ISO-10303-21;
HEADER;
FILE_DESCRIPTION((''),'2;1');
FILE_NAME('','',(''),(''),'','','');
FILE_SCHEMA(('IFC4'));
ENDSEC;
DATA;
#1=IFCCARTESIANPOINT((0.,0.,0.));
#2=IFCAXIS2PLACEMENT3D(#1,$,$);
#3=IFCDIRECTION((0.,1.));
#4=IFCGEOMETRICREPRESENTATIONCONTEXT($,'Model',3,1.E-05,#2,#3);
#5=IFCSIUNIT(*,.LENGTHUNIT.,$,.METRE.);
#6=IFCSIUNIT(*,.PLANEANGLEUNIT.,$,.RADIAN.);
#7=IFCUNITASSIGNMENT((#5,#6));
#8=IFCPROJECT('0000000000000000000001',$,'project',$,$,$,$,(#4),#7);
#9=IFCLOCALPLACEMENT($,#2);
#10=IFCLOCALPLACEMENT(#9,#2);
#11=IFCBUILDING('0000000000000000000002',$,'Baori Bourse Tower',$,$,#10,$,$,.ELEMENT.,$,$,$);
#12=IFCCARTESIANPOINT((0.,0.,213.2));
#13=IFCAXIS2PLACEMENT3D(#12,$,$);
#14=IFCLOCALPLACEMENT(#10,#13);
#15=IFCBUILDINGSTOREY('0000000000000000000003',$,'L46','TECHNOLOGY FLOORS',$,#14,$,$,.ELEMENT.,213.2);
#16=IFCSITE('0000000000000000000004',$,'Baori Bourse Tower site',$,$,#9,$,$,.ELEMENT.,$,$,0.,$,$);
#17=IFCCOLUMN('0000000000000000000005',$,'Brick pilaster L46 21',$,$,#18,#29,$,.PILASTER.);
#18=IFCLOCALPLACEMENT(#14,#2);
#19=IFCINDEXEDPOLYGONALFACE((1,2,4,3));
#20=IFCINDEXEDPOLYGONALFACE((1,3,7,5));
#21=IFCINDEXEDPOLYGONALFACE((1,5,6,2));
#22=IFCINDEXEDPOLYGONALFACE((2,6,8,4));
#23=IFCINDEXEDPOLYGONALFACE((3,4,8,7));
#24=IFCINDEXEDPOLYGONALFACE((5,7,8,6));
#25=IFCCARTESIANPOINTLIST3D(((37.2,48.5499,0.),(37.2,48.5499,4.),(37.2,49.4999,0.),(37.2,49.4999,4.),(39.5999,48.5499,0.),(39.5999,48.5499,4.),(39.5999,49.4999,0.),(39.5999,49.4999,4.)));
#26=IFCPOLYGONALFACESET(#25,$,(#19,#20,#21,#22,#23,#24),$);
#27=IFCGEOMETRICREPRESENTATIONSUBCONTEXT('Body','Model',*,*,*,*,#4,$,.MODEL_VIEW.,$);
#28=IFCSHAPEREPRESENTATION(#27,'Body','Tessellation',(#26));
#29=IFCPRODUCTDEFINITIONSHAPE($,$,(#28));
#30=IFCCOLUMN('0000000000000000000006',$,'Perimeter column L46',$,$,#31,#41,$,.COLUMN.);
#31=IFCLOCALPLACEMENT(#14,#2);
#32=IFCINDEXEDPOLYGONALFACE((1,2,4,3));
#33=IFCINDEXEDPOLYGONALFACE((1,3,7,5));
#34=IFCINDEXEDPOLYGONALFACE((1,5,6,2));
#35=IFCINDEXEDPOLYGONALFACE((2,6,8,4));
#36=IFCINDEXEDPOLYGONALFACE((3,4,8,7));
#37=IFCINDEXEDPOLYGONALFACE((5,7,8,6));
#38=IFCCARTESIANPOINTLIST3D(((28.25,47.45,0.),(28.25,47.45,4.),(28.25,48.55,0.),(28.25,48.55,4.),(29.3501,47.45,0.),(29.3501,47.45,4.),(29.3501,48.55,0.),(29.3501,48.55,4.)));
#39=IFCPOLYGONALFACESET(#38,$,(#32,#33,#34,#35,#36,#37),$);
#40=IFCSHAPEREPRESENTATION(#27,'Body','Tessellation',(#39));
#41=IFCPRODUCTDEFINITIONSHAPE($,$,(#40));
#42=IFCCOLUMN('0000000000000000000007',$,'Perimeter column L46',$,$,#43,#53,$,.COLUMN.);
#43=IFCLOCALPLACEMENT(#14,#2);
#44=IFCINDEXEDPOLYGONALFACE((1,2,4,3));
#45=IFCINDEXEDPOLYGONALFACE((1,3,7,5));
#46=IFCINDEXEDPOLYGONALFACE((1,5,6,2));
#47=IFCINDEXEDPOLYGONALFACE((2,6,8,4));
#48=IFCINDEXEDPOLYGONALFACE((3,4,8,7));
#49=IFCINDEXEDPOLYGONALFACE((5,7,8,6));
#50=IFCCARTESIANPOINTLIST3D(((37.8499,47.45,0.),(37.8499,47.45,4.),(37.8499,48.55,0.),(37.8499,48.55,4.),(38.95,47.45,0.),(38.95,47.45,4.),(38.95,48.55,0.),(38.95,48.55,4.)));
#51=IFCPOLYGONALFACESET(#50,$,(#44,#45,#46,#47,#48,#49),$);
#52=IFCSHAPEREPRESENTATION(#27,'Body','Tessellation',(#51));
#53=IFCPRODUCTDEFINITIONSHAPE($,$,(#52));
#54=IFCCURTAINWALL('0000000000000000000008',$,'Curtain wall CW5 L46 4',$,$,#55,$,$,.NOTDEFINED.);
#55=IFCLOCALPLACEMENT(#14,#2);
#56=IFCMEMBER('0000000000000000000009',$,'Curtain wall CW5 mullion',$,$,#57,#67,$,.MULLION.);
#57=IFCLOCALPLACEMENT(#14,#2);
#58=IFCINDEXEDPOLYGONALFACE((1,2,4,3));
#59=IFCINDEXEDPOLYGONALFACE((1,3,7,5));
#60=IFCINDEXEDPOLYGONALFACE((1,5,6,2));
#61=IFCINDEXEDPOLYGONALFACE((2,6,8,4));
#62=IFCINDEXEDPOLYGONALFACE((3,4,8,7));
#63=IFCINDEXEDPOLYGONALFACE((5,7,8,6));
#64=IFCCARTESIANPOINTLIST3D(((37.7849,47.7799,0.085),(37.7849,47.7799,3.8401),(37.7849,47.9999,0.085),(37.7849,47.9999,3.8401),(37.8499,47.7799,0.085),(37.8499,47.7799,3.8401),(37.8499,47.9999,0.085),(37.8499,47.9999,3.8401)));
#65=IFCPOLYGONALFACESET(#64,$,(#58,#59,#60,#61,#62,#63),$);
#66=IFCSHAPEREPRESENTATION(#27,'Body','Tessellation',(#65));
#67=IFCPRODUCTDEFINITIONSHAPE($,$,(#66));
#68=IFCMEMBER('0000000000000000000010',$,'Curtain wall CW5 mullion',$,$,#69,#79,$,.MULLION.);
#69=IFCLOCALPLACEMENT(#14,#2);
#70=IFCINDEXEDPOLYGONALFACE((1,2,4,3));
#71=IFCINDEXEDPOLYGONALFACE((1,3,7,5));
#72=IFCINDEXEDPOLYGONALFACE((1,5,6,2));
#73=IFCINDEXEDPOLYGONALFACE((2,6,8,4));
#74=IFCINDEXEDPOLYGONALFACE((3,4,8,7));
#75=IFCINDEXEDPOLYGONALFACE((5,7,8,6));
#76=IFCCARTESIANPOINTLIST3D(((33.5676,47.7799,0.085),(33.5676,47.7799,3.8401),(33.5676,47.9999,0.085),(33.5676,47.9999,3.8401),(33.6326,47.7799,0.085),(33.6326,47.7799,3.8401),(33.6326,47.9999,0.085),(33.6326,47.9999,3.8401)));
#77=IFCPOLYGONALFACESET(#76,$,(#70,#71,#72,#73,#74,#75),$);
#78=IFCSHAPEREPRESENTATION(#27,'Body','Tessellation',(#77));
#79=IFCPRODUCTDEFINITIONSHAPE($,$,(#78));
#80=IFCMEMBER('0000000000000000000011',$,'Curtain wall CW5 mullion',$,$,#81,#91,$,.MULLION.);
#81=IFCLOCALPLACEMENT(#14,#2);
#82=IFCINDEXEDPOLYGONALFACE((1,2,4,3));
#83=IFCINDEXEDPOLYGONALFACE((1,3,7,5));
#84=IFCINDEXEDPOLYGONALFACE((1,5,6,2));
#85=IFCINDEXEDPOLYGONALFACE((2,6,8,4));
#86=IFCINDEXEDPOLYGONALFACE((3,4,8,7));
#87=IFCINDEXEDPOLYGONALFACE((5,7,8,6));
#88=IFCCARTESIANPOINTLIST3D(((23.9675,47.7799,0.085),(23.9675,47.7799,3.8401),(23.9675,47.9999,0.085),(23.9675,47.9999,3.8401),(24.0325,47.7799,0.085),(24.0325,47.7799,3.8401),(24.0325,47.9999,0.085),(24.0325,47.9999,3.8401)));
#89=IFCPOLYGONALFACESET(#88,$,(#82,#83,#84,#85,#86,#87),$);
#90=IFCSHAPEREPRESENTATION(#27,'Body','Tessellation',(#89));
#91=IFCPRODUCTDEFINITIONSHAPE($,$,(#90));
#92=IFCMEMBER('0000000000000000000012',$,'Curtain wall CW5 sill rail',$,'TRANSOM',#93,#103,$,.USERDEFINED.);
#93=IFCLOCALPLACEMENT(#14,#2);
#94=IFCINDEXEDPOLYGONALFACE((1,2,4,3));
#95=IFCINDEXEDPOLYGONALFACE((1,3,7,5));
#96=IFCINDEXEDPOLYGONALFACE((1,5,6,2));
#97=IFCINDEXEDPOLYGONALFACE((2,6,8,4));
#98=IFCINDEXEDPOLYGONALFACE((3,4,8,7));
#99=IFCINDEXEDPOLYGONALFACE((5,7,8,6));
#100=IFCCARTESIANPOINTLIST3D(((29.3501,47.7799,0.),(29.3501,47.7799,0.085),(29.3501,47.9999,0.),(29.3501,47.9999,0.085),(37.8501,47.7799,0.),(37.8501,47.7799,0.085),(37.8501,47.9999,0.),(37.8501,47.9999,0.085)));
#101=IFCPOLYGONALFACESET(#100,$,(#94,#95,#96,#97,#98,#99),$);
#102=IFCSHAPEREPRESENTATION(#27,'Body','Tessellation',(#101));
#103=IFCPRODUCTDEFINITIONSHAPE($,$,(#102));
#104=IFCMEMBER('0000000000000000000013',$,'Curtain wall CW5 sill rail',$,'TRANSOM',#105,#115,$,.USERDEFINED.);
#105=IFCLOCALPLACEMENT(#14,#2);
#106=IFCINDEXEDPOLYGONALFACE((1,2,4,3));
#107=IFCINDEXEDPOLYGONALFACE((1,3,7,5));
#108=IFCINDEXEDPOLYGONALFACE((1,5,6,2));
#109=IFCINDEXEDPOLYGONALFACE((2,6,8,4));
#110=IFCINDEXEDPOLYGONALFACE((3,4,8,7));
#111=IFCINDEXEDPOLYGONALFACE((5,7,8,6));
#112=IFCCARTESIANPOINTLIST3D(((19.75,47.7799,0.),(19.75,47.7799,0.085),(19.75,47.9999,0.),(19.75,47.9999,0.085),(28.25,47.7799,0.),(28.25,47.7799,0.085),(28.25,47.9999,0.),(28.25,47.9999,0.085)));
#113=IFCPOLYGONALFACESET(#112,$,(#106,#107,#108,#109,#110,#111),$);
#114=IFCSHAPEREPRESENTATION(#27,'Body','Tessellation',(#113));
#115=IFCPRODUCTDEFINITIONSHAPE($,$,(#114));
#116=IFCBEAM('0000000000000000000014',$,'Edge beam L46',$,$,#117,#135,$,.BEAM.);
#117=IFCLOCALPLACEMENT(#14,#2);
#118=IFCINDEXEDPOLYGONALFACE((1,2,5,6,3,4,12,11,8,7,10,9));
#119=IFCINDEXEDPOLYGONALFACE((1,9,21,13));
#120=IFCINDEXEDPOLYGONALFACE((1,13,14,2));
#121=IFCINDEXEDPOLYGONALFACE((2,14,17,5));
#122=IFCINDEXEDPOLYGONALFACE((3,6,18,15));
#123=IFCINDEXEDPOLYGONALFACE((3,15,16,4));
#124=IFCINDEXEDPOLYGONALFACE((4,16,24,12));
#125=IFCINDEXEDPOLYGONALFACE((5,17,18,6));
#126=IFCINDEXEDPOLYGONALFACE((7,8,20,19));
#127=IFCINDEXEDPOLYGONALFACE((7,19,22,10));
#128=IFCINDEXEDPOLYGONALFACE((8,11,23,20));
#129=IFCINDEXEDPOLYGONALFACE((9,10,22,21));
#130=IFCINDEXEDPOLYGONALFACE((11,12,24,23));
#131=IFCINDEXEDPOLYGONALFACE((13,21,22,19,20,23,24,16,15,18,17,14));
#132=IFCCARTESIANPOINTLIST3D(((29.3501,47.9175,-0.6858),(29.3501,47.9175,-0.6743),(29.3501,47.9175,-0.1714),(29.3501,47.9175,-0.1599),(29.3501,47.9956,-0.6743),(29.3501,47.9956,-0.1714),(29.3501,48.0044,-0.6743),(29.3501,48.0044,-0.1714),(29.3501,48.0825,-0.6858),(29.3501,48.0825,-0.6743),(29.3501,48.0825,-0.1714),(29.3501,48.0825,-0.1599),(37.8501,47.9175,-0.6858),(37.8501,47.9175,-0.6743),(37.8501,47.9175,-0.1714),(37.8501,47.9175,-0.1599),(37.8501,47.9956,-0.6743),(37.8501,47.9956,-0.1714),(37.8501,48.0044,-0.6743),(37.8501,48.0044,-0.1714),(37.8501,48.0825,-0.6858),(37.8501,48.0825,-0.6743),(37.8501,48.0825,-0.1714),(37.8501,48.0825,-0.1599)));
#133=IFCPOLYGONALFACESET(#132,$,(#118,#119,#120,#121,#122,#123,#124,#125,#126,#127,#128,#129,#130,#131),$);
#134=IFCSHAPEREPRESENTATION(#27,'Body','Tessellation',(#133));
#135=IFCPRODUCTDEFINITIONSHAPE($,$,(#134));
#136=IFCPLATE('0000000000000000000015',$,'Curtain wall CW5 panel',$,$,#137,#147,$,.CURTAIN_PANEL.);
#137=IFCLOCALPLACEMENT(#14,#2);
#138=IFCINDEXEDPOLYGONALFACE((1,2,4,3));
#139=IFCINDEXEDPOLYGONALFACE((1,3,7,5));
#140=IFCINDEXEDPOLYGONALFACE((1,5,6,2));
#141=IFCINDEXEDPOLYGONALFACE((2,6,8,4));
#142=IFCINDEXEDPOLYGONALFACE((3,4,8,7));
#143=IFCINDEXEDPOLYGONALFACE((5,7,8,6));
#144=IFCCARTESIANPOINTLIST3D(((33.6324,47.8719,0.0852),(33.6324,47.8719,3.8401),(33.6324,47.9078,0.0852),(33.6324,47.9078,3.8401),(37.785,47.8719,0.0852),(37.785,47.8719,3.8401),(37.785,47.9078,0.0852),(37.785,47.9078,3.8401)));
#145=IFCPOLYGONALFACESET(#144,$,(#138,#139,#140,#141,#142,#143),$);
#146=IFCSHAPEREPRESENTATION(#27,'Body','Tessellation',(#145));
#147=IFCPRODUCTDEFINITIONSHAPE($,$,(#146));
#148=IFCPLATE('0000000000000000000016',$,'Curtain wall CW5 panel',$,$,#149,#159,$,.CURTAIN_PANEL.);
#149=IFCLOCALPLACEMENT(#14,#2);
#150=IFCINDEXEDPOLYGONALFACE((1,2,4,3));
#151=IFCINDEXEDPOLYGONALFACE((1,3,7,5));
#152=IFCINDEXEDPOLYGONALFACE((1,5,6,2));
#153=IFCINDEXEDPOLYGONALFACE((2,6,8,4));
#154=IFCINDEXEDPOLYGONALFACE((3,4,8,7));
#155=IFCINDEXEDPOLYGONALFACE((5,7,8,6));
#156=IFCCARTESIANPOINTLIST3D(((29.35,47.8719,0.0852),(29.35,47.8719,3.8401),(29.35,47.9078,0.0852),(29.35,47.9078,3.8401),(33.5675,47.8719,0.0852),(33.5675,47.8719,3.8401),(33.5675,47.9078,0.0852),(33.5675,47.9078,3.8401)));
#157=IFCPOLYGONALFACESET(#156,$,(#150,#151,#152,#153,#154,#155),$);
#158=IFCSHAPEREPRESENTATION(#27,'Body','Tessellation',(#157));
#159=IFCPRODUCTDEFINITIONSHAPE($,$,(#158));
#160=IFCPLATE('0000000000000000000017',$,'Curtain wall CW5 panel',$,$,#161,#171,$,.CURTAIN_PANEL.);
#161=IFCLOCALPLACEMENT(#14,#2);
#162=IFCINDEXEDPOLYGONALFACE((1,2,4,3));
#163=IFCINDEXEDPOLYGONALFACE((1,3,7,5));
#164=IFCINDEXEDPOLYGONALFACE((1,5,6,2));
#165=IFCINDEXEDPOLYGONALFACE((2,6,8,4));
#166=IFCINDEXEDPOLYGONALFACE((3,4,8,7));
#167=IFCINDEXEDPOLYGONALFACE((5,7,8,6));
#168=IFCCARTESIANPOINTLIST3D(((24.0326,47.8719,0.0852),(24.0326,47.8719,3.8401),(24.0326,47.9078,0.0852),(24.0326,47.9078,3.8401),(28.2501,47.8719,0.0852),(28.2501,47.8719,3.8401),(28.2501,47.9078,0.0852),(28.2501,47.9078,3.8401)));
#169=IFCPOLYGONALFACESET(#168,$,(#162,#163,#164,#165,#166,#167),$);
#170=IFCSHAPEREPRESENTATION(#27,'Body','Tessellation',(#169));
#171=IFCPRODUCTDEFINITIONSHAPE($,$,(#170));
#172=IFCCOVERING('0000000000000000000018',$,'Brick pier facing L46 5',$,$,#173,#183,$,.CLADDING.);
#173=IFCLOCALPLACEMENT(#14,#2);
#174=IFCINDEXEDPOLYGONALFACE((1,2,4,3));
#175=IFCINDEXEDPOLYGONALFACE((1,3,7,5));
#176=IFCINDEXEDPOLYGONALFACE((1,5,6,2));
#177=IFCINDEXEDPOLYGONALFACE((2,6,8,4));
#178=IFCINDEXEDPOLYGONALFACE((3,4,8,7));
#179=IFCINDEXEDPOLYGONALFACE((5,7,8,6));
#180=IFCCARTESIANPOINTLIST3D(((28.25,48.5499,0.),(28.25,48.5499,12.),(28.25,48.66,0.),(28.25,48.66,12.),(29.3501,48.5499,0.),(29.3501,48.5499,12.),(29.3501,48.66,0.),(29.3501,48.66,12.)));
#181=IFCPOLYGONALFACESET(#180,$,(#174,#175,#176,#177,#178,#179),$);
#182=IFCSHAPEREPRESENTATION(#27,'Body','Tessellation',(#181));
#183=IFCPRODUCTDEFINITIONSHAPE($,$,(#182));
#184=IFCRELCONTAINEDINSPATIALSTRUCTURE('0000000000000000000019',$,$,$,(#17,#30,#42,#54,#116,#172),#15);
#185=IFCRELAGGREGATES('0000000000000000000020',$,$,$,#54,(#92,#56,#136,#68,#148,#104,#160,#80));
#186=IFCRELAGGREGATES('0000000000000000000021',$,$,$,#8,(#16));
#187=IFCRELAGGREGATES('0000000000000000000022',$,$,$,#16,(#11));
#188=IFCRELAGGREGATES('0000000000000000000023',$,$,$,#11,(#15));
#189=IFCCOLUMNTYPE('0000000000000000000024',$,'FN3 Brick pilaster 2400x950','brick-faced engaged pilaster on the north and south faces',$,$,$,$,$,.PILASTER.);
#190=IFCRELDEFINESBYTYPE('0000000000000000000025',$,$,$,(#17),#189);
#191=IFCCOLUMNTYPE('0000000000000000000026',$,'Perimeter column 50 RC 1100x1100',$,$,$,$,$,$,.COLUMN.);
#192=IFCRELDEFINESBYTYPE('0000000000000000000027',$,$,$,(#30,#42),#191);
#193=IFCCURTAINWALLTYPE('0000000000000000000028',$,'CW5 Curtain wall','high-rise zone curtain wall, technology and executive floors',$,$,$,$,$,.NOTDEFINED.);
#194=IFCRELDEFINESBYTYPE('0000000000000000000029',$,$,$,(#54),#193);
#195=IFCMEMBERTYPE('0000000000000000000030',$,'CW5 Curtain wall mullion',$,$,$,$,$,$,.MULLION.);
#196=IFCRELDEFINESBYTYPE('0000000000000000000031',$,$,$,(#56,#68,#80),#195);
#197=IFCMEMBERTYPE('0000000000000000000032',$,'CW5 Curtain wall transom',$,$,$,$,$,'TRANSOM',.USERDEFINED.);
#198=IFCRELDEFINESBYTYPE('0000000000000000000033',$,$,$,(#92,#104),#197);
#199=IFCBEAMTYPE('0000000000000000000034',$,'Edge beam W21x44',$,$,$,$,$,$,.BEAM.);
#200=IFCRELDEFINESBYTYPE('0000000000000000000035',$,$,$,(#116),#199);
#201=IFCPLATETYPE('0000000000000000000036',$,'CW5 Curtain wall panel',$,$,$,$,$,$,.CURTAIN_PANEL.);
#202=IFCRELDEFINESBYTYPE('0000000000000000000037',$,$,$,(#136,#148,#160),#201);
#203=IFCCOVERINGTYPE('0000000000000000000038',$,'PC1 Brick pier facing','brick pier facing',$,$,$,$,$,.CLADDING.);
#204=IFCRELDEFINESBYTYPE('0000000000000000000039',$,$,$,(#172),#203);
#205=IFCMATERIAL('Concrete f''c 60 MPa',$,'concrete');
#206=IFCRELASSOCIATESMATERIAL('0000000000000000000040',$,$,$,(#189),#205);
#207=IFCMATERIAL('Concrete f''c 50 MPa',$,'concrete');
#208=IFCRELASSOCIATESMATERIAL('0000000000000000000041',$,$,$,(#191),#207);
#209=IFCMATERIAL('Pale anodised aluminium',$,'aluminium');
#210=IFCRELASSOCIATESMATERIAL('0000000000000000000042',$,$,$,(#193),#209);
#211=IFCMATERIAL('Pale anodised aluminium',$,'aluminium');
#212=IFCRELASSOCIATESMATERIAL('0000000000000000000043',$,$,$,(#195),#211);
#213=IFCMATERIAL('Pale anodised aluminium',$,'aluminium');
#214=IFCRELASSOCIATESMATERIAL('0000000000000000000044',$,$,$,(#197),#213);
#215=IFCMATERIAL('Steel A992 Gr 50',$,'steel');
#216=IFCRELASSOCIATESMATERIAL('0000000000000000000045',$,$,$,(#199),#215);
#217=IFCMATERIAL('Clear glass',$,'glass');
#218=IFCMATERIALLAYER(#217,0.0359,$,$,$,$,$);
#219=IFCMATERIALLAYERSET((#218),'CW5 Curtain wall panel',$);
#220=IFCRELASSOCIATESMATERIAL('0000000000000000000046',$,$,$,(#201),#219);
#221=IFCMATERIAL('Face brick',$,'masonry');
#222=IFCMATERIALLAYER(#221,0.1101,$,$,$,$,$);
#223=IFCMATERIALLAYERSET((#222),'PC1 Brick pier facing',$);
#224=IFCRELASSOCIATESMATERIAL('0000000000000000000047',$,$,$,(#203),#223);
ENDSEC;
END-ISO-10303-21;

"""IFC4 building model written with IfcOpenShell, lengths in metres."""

from ifc_helpers import new_model, si_unit, direction, frame, origin, origin_2d, place, context, subcontext, project, spatial, rectangle, i_section, extrude, material, layer, layer_set, material_profile, profile_set, type_object, element, aggregate, save


model = new_model("IFC4")

# Units and contexts
model_context = context("Model", 3, precision=1e-05, world=origin(), true_north=direction((0.0, 1.0)))
body_context = subcontext(model_context, "Body", "Model", "MODEL_VIEW")
ifc_project = project(units=[si_unit("LENGTHUNIT", "METRE"), si_unit("PLANEANGLEUNIT", "RADIAN")], contexts=[model_context])

# Site, building, storey
site_placement = place(None, origin())
site = spatial("IfcSite", under=ifc_project, at=site_placement, Name="Baori Bourse Tower site", CompositionType="ELEMENT", RefElevation=0.0)
building_placement = place(site_placement, origin())
building = spatial("IfcBuilding", under=site, at=building_placement, Name="Baori Bourse Tower", CompositionType="ELEMENT")
storey_placement = place(building_placement, frame((0.0, 0.0, 213.2)))
storey = spatial("IfcBuildingStorey", under=building, at=storey_placement, Name="L46", Description="TECHNOLOGY FLOORS", CompositionType="ELEMENT", Elevation=213.2)

# Columns
ifc_material_1 = material(Name="Concrete f'c 60 MPa", Category="concrete")
ifc_material_profile_1 = material_profile(ifc_material_1, rectangle(XDim=2.3999, YDim=0.95, at=origin_2d()), Name="RC 2400x950")
ifc_profile_set_1 = profile_set([ifc_material_profile_1], Name="Concrete f'c 60 MPa")
column_type_1 = type_object("IfcColumnType", Name="FN3 Brick pilaster 2400x950", Description="brick-faced engaged pilaster on the north and south faces", PredefinedType="PILASTER", material=ifc_profile_set_1)
column_placement = place(storey_placement, frame((38.3999, 49.0249, 0.0), z_axis=(0.0, 0.0, 1.0), x_axis=(1.0, 0.0, 0.0)))
element("IfcColumn", 1, at=column_placement, inside=storey, type_object=column_type_1, Name="Brick pilaster L46 21", PredefinedType="PILASTER", context=body_context, shape_type="SweptSolid", body=[
    extrude(rectangle(XDim=2.3999, YDim=0.95, at=origin_2d()), origin(), (0.0, 0.0, 1.0), 4.0),
])
ifc_material_2 = material(Name="Concrete f'c 50 MPa", Category="concrete")
ifc_material_profile_2 = material_profile(ifc_material_2, rectangle(XDim=1.1001, YDim=1.1001, at=origin_2d()), Name="RC 1100x1100")
ifc_profile_set_2 = profile_set([ifc_material_profile_2], Name="Concrete f'c 50 MPa")
column_type_2 = type_object("IfcColumnType", Name="Perimeter column 50 RC 1100x1100", PredefinedType="COLUMN", material=ifc_profile_set_2)
for number, where, z_axis, x_axis, name in (
    (2, (28.8, 48.0, 0.0), (0.0, 0.0, 1.0), (1.0, 0.0, 0.0), "Perimeter column L46"),
    (3, (38.3999, 48.0, 0.0), (0.0, 0.0, 1.0), (1.0, 0.0, 0.0), "Perimeter column L46"),
):
    element("IfcColumn", number, at=place(storey_placement, frame(where, z_axis=z_axis, x_axis=x_axis)), inside=storey, type_object=column_type_2, Name=name, PredefinedType="COLUMN", context=body_context, shape_type="SweptSolid", body=[
        extrude(rectangle(XDim=1.1001, YDim=1.1001, at=origin_2d()), origin(), (0.0, 0.0, 1.0), 4.0),
    ])

# Curtain wall, members
ifc_material_3 = material(Name="Pale anodised aluminium", Category="aluminium")
curtain_wall_type = type_object("IfcCurtainWallType", Name="CW5 Curtain wall", Description="high-rise zone curtain wall, technology and executive floors", PredefinedType="NOTDEFINED", material=ifc_material_3)
curtain_wall_placement = place(storey_placement, origin())
curtain_wall = element("IfcCurtainWall", 4, at=curtain_wall_placement, inside=storey, type_object=curtain_wall_type, Name="Curtain wall CW5 L46 4", PredefinedType="NOTDEFINED")
ifc_material_4 = material(Name="Pale anodised aluminium", Category="aluminium")
ifc_material_profile_3 = material_profile(ifc_material_4, rectangle(XDim=0.22, YDim=0.0649, at=origin_2d()), Name="Mullion 65x220")
ifc_profile_set_3 = profile_set([ifc_material_profile_3], Name="Pale anodised aluminium")
member_type_1 = type_object("IfcMemberType", Name="CW5 Curtain wall mullion", PredefinedType="MULLION", material=ifc_profile_set_3)
member_1_placement = place(storey_placement, frame((37.8174, 47.8899, 0.085), z_axis=(0.0, 0.0, 1.0), x_axis=(0.0, -1.0, 0.0)))
member_1 = element("IfcMember", 5, at=member_1_placement, type_object=member_type_1, Name="Curtain wall CW5 mullion", PredefinedType="MULLION", context=body_context, shape_type="SweptSolid", body=[
    extrude(rectangle(XDim=0.22, YDim=0.0649, at=origin_2d()), origin(), (0.0, 0.0, 1.0), 3.7551),
])
member_2_placement = place(storey_placement, frame((33.6001, 47.8899, 0.085), z_axis=(0.0, 0.0, 1.0), x_axis=(0.0, -1.0, 0.0)))
member_2 = element("IfcMember", 6, at=member_2_placement, type_object=member_type_1, Name="Curtain wall CW5 mullion", PredefinedType="MULLION", context=body_context, shape_type="SweptSolid", body=[
    extrude(rectangle(XDim=0.22, YDim=0.0649, at=origin_2d()), origin(), (0.0, 0.0, 1.0), 3.7551),
])
member_3_placement = place(storey_placement, frame((24.0, 47.8899, 0.085), z_axis=(0.0, 0.0, 1.0), x_axis=(0.0, -1.0, 0.0)))
member_3 = element("IfcMember", 7, at=member_3_placement, type_object=member_type_1, Name="Curtain wall CW5 mullion", PredefinedType="MULLION", context=body_context, shape_type="SweptSolid", body=[
    extrude(rectangle(XDim=0.22, YDim=0.0649, at=origin_2d()), origin(), (0.0, 0.0, 1.0), 3.7551),
])
ifc_material_5 = material(Name="Pale anodised aluminium", Category="aluminium")
ifc_material_profile_4 = material_profile(ifc_material_5, rectangle(XDim=0.22, YDim=0.085, at=origin_2d()), Name="Transom 85x220")
ifc_profile_set_4 = profile_set([ifc_material_profile_4], Name="Pale anodised aluminium")
member_type_2 = type_object("IfcMemberType", Name="CW5 Curtain wall transom", ElementType="TRANSOM", PredefinedType="USERDEFINED", material=ifc_profile_set_4)
member_4_placement = place(storey_placement, frame((37.8501, 47.8899, 0.0425), z_axis=(-1.0, 0.0, 0.0), x_axis=(0.0, -1.0, 0.0)))
member_4 = element("IfcMember", 8, at=member_4_placement, type_object=member_type_2, Name="Curtain wall CW5 sill rail", ObjectType="TRANSOM", PredefinedType="USERDEFINED", context=body_context, shape_type="SweptSolid", body=[
    extrude(rectangle(XDim=0.22, YDim=0.085, at=origin_2d()), origin(), (0.0, 0.0, 1.0), 8.5),
])
member_5_placement = place(storey_placement, frame((28.25, 47.8899, 0.0425), z_axis=(-1.0, 0.0, 0.0), x_axis=(0.0, -1.0, 0.0)))
member_5 = element("IfcMember", 9, at=member_5_placement, type_object=member_type_2, Name="Curtain wall CW5 sill rail", ObjectType="TRANSOM", PredefinedType="USERDEFINED", context=body_context, shape_type="SweptSolid", body=[
    extrude(rectangle(XDim=0.22, YDim=0.085, at=origin_2d()), origin(), (0.0, 0.0, 1.0), 8.5),
])

# Beam
ifc_material_6 = material(Name="Steel A992 Gr 50", Category="steel")
ifc_material_profile_5 = material_profile(ifc_material_6, i_section(OverallWidth=0.165, OverallDepth=0.5259, WebThickness=0.0088, FlangeThickness=0.0115, at=origin_2d()), Name="W21x44")
ifc_profile_set_5 = profile_set([ifc_material_profile_5], Name="Steel A992 Gr 50")
beam_type = type_object("IfcBeamType", Name="Edge beam W21x44", PredefinedType="BEAM", material=ifc_profile_set_5)
beam_placement = place(storey_placement, frame((29.3501, 48.0, -0.4229), z_axis=(1.0, 0.0, 0.0), x_axis=(0.0, 1.0, 0.0)))
element("IfcBeam", 10, at=beam_placement, inside=storey, type_object=beam_type, Name="Edge beam L46", PredefinedType="BEAM", context=body_context, shape_type="SweptSolid", body=[
    extrude(i_section(OverallWidth=0.165, OverallDepth=0.5259, WebThickness=0.0088, FlangeThickness=0.0115, at=origin_2d()), origin(), (0.0, 0.0, 1.0), 8.5),
])

# Plates
ifc_material_7 = material(Name="Clear glass", Category="glass")
ifc_layer_1 = layer(ifc_material_7, 0.0359)
ifc_layer_set_1 = layer_set([ifc_layer_1], Name="CW5 Curtain wall panel")
plate_type = type_object("IfcPlateType", Name="CW5 Curtain wall panel", PredefinedType="CURTAIN_PANEL", material=ifc_layer_set_1)
plate_1_placement = place(storey_placement, frame((35.7087, 47.8899, 0.0852), z_axis=(0.0, 0.0, 1.0), x_axis=(-1.0, 0.0, 0.0)))
plate_1 = element("IfcPlate", 11, at=plate_1_placement, type_object=plate_type, Name="Curtain wall CW5 panel", PredefinedType="CURTAIN_PANEL", context=body_context, shape_type="SweptSolid", body=[
    extrude(rectangle(XDim=4.1526, YDim=0.0359, at=origin_2d()), origin(), (0.0, 0.0, 1.0), 3.7549),
])
plate_2_placement = place(storey_placement, frame((31.4587, 47.8899, 0.0852), z_axis=(0.0, 0.0, 1.0), x_axis=(-1.0, 0.0, 0.0)))
plate_2 = element("IfcPlate", 12, at=plate_2_placement, type_object=plate_type, Name="Curtain wall CW5 panel", PredefinedType="CURTAIN_PANEL", context=body_context, shape_type="SweptSolid", body=[
    extrude(rectangle(XDim=4.2175, YDim=0.0359, at=origin_2d()), origin(), (0.0, 0.0, 1.0), 3.7549),
])
plate_3_placement = place(storey_placement, frame((26.1414, 47.8899, 0.0852), z_axis=(0.0, 0.0, 1.0), x_axis=(-1.0, 0.0, 0.0)))
plate_3 = element("IfcPlate", 13, at=plate_3_placement, type_object=plate_type, Name="Curtain wall CW5 panel", PredefinedType="CURTAIN_PANEL", context=body_context, shape_type="SweptSolid", body=[
    extrude(rectangle(XDim=4.2175, YDim=0.0359, at=origin_2d()), origin(), (0.0, 0.0, 1.0), 3.7549),
])
aggregate(curtain_wall, [member_4, member_1, plate_1, member_2, plate_2, member_5, plate_3, member_3])

# Covering
ifc_material_8 = material(Name="Face brick", Category="masonry")
ifc_layer_2 = layer(ifc_material_8, 0.1101)
ifc_layer_set_2 = layer_set([ifc_layer_2], Name="PC1 Brick pier facing")
covering_type = type_object("IfcCoveringType", Name="PC1 Brick pier facing", Description="brick pier facing", PredefinedType="CLADDING", material=ifc_layer_set_2)
covering_1_placement = place(storey_placement, frame((28.8, 48.605, 0.0), z_axis=(0.0, 0.0, 1.0), x_axis=(1.0, 0.0, 0.0)))
element("IfcCovering", 14, at=covering_1_placement, inside=storey, type_object=covering_type, Name="Brick pier facing L46 5", PredefinedType="CLADDING", context=body_context, shape_type="SweptSolid", body=[
    extrude(rectangle(XDim=1.1001, YDim=0.1101, at=origin_2d()), origin(), (0.0, 0.0, 1.0), 12.0),
])

save(model, "model.ifc")
